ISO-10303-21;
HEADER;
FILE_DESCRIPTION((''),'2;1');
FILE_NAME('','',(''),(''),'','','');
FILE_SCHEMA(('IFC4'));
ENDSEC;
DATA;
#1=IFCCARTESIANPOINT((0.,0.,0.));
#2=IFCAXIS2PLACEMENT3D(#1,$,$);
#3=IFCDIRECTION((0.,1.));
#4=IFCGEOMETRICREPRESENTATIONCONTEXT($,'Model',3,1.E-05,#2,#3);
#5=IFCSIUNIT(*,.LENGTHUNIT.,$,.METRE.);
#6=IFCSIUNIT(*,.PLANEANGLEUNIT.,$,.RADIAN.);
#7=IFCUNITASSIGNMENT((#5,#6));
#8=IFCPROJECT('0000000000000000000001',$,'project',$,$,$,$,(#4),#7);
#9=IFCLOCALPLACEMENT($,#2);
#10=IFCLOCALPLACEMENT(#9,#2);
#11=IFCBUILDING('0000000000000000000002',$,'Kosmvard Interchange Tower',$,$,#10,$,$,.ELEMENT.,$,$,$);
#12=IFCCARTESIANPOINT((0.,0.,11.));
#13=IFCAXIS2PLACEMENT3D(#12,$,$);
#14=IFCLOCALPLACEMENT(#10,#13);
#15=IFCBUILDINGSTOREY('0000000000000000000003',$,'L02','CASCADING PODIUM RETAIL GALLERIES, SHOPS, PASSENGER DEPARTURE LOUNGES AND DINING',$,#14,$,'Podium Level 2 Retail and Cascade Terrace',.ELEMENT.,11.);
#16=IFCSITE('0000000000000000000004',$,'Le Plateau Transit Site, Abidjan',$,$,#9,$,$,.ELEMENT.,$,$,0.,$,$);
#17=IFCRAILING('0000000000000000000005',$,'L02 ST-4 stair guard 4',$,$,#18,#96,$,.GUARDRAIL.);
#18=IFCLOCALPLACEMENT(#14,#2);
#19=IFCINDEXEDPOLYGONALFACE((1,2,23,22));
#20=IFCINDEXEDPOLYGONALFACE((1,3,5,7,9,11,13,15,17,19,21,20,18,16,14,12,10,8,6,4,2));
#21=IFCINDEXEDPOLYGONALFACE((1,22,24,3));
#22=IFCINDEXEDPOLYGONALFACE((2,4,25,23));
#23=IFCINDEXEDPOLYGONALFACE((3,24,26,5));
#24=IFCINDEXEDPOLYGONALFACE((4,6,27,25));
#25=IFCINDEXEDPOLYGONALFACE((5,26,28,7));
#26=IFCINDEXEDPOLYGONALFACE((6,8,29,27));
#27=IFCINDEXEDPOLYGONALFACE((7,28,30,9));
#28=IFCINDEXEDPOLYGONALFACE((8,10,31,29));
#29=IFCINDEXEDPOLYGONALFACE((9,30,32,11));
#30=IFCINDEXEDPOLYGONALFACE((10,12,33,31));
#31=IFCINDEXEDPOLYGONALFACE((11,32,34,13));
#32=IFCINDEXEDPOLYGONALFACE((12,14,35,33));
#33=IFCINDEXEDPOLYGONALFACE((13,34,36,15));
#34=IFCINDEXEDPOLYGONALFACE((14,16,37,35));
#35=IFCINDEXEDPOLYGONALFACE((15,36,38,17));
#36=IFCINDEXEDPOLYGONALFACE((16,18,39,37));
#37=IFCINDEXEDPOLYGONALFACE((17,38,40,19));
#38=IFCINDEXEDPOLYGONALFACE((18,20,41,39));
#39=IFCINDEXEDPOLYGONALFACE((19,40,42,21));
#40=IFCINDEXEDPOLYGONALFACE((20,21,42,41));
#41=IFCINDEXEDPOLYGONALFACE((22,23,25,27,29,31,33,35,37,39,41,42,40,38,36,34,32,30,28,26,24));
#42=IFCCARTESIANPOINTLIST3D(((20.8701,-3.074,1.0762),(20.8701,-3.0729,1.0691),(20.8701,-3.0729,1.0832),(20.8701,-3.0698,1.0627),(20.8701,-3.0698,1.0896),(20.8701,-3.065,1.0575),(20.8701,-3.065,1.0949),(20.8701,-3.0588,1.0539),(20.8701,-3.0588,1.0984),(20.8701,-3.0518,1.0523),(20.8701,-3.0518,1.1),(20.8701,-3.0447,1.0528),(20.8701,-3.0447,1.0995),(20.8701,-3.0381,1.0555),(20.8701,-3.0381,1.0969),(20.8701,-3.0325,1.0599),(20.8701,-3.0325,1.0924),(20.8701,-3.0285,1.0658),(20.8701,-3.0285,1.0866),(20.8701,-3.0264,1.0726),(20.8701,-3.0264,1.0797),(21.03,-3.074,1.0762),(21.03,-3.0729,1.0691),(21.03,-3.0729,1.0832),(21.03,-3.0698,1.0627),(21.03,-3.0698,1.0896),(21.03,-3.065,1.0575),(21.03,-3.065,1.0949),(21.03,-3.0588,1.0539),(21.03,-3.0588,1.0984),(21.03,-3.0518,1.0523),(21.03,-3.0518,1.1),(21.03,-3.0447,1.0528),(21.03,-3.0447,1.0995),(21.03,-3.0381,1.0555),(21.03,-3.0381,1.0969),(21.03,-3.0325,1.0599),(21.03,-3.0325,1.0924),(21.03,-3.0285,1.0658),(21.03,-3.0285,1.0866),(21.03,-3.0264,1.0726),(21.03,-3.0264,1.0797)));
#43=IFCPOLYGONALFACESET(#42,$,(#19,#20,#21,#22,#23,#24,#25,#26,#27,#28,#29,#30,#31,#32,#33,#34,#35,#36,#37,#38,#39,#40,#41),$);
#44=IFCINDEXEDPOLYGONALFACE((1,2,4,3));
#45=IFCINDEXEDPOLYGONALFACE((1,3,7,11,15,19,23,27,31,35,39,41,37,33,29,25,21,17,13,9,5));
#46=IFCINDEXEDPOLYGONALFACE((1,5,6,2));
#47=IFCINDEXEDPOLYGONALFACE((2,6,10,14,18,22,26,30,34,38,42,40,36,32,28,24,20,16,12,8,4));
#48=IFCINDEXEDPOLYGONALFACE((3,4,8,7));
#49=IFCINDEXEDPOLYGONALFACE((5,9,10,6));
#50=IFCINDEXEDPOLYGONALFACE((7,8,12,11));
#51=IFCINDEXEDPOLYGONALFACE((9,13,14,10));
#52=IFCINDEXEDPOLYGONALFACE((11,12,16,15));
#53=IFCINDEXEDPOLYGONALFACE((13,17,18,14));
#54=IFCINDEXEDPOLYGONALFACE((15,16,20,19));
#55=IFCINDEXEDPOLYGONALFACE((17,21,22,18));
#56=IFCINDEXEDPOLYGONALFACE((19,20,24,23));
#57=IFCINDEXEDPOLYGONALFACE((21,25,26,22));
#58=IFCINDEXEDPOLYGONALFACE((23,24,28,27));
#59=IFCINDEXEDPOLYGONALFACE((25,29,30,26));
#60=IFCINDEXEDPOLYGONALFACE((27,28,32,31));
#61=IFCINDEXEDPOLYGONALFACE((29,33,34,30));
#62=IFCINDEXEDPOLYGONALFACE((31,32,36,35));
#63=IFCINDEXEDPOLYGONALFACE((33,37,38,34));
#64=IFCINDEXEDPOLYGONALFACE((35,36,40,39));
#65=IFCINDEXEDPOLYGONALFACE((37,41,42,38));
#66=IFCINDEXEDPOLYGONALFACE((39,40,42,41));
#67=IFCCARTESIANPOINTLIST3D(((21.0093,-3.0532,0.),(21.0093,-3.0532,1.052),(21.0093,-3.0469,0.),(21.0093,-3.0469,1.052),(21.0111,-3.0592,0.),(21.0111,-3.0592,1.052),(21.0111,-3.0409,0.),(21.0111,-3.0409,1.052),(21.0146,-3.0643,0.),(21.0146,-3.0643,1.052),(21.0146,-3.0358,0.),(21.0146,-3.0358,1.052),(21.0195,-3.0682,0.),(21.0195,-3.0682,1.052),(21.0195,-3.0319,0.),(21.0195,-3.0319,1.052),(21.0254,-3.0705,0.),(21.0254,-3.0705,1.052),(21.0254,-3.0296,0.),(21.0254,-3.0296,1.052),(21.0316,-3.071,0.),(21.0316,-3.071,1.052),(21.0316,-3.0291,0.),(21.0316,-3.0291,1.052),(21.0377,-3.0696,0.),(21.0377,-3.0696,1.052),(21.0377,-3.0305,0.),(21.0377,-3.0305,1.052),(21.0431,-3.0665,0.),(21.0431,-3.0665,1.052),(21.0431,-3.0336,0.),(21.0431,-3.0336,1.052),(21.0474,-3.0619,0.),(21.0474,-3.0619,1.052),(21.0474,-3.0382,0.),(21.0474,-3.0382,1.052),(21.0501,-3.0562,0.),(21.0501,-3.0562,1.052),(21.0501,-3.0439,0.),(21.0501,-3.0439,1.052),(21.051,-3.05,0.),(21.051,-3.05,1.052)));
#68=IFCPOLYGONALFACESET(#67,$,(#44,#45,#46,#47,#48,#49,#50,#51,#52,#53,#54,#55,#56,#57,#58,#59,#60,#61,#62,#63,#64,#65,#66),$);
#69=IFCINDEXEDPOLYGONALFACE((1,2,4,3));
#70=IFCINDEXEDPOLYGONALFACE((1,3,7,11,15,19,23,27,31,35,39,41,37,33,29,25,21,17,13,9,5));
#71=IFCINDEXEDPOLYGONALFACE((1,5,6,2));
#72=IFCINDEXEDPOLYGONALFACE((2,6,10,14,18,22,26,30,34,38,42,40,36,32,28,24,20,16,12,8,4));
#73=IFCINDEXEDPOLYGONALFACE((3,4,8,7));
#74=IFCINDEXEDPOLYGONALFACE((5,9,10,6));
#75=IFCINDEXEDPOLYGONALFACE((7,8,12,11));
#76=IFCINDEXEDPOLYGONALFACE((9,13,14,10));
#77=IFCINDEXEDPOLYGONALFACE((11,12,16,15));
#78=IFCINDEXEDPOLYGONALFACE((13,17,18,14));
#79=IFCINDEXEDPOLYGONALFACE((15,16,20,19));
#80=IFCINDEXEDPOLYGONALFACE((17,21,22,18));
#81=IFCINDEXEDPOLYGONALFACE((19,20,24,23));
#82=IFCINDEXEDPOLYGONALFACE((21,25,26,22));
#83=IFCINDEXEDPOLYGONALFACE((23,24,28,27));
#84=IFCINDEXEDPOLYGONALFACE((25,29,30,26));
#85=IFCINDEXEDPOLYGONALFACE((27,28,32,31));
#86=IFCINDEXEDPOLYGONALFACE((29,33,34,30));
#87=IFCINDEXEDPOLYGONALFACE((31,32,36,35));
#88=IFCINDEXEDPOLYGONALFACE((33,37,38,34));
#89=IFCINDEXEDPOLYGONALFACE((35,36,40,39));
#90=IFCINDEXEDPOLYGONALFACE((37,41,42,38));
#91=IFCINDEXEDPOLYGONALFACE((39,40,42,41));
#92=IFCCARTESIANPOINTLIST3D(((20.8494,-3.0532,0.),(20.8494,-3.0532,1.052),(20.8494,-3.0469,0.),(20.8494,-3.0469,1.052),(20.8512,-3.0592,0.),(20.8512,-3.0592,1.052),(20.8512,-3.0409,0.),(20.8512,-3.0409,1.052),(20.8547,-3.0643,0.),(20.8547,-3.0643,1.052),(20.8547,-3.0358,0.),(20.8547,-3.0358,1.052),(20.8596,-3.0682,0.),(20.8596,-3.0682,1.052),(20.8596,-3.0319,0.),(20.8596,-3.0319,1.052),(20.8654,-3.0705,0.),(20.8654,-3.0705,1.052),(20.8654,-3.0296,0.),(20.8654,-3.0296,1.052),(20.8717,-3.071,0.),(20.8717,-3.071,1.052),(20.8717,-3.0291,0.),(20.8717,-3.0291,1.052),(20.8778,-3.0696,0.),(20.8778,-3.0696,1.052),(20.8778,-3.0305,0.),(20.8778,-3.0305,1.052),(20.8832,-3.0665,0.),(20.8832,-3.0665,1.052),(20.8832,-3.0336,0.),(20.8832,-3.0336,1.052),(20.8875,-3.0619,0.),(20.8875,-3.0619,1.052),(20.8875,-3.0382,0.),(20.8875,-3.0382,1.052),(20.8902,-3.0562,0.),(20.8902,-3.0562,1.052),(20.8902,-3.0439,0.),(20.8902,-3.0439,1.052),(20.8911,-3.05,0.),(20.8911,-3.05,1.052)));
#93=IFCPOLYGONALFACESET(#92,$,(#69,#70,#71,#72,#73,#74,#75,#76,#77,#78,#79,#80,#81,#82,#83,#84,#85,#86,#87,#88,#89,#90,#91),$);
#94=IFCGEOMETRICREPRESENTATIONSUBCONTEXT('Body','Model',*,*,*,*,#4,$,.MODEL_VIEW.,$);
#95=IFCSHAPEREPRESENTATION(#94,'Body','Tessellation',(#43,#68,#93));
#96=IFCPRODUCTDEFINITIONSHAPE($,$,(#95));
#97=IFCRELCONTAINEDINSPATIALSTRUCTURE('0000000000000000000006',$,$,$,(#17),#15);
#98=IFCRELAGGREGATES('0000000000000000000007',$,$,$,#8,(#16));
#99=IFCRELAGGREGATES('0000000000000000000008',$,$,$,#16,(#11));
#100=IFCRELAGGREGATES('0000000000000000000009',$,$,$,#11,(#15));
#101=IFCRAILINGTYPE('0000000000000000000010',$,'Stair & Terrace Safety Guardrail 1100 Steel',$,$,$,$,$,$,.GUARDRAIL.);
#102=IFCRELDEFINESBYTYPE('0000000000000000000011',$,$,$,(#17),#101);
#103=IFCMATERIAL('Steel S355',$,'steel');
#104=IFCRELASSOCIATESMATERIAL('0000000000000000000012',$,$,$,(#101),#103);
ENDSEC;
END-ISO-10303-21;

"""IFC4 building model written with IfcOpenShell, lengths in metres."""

from ifc_helpers import new_model, si_unit, direction, frame, origin, origin_2d, place, context, subcontext, project, spatial, circle, extrude, source, transform, mapped, material, type_object, element, save


model = new_model("IFC4")

# Units and contexts
model_context = context("Model", 3, precision=1e-05, world=origin(), true_north=direction((0.0, 1.0)))
body_context = subcontext(model_context, "Body", "Model", "MODEL_VIEW")
ifc_project = project(units=[si_unit("LENGTHUNIT", "METRE"), si_unit("PLANEANGLEUNIT", "RADIAN")], contexts=[model_context])

# Site, building, storey
site_placement = place(None, origin())
site = spatial("IfcSite", under=ifc_project, at=site_placement, Name="Le Plateau Transit Site, Abidjan", CompositionType="ELEMENT", RefElevation=0.0)
building_placement = place(site_placement, origin())
building = spatial("IfcBuilding", under=site, at=building_placement, Name="Kosmvard Interchange Tower", CompositionType="ELEMENT")
storey_placement = place(building_placement, frame((0.0, 0.0, 11.0)))
storey = spatial("IfcBuildingStorey", under=building, at=storey_placement, Name="L02", Description="CASCADING PODIUM RETAIL GALLERIES, SHOPS, PASSENGER DEPARTURE LOUNGES AND DINING", LongName="Podium Level 2 Retail and Cascade Terrace", CompositionType="ELEMENT", Elevation=11.0)

# Shared definitions
ifc_material_1 = material(Name="Steel S355", Category="steel")

# Railing
railing_type_1 = type_object("IfcRailingType", Name="Stair & Terrace Safety Guardrail 1100 Steel", PredefinedType="GUARDRAIL", material=ifc_material_1)
shared_shape_1 = source(origin(), body_context, "Body", "SweptSolid", [
    extrude(circle(Radius=0.0239, at=origin_2d()), frame((0.0, 0.0, 1.0762), z_axis=(-1.0, 0.0, 0.0), x_axis=(0.0, -1.0, 0.0)), (0.0, 0.0, 1.0), 0.1599),
    extrude(circle(Radius=0.021, at=origin_2d()), origin(), (0.0, 0.0, 1.0), 1.052),
    extrude(circle(Radius=0.021, at=origin_2d()), frame((-0.1599, 0.0, 0.0)), (0.0, 0.0, 1.0), 1.052),
])
railing_1_placement = place(storey_placement, frame((21.03, -3.05, 0.0)))
element("IfcRailing", 1, at=railing_1_placement, inside=storey, type_object=railing_type_1, Name="L02 ST-4 stair guard 4", PredefinedType="GUARDRAIL", context=body_context, shape_type="MappedRepresentation", body=[
    mapped(shared_shape_1, transform((0.0, 0.0, 0.0), scale=1.0)),
])

save(model, "model.ifc")
